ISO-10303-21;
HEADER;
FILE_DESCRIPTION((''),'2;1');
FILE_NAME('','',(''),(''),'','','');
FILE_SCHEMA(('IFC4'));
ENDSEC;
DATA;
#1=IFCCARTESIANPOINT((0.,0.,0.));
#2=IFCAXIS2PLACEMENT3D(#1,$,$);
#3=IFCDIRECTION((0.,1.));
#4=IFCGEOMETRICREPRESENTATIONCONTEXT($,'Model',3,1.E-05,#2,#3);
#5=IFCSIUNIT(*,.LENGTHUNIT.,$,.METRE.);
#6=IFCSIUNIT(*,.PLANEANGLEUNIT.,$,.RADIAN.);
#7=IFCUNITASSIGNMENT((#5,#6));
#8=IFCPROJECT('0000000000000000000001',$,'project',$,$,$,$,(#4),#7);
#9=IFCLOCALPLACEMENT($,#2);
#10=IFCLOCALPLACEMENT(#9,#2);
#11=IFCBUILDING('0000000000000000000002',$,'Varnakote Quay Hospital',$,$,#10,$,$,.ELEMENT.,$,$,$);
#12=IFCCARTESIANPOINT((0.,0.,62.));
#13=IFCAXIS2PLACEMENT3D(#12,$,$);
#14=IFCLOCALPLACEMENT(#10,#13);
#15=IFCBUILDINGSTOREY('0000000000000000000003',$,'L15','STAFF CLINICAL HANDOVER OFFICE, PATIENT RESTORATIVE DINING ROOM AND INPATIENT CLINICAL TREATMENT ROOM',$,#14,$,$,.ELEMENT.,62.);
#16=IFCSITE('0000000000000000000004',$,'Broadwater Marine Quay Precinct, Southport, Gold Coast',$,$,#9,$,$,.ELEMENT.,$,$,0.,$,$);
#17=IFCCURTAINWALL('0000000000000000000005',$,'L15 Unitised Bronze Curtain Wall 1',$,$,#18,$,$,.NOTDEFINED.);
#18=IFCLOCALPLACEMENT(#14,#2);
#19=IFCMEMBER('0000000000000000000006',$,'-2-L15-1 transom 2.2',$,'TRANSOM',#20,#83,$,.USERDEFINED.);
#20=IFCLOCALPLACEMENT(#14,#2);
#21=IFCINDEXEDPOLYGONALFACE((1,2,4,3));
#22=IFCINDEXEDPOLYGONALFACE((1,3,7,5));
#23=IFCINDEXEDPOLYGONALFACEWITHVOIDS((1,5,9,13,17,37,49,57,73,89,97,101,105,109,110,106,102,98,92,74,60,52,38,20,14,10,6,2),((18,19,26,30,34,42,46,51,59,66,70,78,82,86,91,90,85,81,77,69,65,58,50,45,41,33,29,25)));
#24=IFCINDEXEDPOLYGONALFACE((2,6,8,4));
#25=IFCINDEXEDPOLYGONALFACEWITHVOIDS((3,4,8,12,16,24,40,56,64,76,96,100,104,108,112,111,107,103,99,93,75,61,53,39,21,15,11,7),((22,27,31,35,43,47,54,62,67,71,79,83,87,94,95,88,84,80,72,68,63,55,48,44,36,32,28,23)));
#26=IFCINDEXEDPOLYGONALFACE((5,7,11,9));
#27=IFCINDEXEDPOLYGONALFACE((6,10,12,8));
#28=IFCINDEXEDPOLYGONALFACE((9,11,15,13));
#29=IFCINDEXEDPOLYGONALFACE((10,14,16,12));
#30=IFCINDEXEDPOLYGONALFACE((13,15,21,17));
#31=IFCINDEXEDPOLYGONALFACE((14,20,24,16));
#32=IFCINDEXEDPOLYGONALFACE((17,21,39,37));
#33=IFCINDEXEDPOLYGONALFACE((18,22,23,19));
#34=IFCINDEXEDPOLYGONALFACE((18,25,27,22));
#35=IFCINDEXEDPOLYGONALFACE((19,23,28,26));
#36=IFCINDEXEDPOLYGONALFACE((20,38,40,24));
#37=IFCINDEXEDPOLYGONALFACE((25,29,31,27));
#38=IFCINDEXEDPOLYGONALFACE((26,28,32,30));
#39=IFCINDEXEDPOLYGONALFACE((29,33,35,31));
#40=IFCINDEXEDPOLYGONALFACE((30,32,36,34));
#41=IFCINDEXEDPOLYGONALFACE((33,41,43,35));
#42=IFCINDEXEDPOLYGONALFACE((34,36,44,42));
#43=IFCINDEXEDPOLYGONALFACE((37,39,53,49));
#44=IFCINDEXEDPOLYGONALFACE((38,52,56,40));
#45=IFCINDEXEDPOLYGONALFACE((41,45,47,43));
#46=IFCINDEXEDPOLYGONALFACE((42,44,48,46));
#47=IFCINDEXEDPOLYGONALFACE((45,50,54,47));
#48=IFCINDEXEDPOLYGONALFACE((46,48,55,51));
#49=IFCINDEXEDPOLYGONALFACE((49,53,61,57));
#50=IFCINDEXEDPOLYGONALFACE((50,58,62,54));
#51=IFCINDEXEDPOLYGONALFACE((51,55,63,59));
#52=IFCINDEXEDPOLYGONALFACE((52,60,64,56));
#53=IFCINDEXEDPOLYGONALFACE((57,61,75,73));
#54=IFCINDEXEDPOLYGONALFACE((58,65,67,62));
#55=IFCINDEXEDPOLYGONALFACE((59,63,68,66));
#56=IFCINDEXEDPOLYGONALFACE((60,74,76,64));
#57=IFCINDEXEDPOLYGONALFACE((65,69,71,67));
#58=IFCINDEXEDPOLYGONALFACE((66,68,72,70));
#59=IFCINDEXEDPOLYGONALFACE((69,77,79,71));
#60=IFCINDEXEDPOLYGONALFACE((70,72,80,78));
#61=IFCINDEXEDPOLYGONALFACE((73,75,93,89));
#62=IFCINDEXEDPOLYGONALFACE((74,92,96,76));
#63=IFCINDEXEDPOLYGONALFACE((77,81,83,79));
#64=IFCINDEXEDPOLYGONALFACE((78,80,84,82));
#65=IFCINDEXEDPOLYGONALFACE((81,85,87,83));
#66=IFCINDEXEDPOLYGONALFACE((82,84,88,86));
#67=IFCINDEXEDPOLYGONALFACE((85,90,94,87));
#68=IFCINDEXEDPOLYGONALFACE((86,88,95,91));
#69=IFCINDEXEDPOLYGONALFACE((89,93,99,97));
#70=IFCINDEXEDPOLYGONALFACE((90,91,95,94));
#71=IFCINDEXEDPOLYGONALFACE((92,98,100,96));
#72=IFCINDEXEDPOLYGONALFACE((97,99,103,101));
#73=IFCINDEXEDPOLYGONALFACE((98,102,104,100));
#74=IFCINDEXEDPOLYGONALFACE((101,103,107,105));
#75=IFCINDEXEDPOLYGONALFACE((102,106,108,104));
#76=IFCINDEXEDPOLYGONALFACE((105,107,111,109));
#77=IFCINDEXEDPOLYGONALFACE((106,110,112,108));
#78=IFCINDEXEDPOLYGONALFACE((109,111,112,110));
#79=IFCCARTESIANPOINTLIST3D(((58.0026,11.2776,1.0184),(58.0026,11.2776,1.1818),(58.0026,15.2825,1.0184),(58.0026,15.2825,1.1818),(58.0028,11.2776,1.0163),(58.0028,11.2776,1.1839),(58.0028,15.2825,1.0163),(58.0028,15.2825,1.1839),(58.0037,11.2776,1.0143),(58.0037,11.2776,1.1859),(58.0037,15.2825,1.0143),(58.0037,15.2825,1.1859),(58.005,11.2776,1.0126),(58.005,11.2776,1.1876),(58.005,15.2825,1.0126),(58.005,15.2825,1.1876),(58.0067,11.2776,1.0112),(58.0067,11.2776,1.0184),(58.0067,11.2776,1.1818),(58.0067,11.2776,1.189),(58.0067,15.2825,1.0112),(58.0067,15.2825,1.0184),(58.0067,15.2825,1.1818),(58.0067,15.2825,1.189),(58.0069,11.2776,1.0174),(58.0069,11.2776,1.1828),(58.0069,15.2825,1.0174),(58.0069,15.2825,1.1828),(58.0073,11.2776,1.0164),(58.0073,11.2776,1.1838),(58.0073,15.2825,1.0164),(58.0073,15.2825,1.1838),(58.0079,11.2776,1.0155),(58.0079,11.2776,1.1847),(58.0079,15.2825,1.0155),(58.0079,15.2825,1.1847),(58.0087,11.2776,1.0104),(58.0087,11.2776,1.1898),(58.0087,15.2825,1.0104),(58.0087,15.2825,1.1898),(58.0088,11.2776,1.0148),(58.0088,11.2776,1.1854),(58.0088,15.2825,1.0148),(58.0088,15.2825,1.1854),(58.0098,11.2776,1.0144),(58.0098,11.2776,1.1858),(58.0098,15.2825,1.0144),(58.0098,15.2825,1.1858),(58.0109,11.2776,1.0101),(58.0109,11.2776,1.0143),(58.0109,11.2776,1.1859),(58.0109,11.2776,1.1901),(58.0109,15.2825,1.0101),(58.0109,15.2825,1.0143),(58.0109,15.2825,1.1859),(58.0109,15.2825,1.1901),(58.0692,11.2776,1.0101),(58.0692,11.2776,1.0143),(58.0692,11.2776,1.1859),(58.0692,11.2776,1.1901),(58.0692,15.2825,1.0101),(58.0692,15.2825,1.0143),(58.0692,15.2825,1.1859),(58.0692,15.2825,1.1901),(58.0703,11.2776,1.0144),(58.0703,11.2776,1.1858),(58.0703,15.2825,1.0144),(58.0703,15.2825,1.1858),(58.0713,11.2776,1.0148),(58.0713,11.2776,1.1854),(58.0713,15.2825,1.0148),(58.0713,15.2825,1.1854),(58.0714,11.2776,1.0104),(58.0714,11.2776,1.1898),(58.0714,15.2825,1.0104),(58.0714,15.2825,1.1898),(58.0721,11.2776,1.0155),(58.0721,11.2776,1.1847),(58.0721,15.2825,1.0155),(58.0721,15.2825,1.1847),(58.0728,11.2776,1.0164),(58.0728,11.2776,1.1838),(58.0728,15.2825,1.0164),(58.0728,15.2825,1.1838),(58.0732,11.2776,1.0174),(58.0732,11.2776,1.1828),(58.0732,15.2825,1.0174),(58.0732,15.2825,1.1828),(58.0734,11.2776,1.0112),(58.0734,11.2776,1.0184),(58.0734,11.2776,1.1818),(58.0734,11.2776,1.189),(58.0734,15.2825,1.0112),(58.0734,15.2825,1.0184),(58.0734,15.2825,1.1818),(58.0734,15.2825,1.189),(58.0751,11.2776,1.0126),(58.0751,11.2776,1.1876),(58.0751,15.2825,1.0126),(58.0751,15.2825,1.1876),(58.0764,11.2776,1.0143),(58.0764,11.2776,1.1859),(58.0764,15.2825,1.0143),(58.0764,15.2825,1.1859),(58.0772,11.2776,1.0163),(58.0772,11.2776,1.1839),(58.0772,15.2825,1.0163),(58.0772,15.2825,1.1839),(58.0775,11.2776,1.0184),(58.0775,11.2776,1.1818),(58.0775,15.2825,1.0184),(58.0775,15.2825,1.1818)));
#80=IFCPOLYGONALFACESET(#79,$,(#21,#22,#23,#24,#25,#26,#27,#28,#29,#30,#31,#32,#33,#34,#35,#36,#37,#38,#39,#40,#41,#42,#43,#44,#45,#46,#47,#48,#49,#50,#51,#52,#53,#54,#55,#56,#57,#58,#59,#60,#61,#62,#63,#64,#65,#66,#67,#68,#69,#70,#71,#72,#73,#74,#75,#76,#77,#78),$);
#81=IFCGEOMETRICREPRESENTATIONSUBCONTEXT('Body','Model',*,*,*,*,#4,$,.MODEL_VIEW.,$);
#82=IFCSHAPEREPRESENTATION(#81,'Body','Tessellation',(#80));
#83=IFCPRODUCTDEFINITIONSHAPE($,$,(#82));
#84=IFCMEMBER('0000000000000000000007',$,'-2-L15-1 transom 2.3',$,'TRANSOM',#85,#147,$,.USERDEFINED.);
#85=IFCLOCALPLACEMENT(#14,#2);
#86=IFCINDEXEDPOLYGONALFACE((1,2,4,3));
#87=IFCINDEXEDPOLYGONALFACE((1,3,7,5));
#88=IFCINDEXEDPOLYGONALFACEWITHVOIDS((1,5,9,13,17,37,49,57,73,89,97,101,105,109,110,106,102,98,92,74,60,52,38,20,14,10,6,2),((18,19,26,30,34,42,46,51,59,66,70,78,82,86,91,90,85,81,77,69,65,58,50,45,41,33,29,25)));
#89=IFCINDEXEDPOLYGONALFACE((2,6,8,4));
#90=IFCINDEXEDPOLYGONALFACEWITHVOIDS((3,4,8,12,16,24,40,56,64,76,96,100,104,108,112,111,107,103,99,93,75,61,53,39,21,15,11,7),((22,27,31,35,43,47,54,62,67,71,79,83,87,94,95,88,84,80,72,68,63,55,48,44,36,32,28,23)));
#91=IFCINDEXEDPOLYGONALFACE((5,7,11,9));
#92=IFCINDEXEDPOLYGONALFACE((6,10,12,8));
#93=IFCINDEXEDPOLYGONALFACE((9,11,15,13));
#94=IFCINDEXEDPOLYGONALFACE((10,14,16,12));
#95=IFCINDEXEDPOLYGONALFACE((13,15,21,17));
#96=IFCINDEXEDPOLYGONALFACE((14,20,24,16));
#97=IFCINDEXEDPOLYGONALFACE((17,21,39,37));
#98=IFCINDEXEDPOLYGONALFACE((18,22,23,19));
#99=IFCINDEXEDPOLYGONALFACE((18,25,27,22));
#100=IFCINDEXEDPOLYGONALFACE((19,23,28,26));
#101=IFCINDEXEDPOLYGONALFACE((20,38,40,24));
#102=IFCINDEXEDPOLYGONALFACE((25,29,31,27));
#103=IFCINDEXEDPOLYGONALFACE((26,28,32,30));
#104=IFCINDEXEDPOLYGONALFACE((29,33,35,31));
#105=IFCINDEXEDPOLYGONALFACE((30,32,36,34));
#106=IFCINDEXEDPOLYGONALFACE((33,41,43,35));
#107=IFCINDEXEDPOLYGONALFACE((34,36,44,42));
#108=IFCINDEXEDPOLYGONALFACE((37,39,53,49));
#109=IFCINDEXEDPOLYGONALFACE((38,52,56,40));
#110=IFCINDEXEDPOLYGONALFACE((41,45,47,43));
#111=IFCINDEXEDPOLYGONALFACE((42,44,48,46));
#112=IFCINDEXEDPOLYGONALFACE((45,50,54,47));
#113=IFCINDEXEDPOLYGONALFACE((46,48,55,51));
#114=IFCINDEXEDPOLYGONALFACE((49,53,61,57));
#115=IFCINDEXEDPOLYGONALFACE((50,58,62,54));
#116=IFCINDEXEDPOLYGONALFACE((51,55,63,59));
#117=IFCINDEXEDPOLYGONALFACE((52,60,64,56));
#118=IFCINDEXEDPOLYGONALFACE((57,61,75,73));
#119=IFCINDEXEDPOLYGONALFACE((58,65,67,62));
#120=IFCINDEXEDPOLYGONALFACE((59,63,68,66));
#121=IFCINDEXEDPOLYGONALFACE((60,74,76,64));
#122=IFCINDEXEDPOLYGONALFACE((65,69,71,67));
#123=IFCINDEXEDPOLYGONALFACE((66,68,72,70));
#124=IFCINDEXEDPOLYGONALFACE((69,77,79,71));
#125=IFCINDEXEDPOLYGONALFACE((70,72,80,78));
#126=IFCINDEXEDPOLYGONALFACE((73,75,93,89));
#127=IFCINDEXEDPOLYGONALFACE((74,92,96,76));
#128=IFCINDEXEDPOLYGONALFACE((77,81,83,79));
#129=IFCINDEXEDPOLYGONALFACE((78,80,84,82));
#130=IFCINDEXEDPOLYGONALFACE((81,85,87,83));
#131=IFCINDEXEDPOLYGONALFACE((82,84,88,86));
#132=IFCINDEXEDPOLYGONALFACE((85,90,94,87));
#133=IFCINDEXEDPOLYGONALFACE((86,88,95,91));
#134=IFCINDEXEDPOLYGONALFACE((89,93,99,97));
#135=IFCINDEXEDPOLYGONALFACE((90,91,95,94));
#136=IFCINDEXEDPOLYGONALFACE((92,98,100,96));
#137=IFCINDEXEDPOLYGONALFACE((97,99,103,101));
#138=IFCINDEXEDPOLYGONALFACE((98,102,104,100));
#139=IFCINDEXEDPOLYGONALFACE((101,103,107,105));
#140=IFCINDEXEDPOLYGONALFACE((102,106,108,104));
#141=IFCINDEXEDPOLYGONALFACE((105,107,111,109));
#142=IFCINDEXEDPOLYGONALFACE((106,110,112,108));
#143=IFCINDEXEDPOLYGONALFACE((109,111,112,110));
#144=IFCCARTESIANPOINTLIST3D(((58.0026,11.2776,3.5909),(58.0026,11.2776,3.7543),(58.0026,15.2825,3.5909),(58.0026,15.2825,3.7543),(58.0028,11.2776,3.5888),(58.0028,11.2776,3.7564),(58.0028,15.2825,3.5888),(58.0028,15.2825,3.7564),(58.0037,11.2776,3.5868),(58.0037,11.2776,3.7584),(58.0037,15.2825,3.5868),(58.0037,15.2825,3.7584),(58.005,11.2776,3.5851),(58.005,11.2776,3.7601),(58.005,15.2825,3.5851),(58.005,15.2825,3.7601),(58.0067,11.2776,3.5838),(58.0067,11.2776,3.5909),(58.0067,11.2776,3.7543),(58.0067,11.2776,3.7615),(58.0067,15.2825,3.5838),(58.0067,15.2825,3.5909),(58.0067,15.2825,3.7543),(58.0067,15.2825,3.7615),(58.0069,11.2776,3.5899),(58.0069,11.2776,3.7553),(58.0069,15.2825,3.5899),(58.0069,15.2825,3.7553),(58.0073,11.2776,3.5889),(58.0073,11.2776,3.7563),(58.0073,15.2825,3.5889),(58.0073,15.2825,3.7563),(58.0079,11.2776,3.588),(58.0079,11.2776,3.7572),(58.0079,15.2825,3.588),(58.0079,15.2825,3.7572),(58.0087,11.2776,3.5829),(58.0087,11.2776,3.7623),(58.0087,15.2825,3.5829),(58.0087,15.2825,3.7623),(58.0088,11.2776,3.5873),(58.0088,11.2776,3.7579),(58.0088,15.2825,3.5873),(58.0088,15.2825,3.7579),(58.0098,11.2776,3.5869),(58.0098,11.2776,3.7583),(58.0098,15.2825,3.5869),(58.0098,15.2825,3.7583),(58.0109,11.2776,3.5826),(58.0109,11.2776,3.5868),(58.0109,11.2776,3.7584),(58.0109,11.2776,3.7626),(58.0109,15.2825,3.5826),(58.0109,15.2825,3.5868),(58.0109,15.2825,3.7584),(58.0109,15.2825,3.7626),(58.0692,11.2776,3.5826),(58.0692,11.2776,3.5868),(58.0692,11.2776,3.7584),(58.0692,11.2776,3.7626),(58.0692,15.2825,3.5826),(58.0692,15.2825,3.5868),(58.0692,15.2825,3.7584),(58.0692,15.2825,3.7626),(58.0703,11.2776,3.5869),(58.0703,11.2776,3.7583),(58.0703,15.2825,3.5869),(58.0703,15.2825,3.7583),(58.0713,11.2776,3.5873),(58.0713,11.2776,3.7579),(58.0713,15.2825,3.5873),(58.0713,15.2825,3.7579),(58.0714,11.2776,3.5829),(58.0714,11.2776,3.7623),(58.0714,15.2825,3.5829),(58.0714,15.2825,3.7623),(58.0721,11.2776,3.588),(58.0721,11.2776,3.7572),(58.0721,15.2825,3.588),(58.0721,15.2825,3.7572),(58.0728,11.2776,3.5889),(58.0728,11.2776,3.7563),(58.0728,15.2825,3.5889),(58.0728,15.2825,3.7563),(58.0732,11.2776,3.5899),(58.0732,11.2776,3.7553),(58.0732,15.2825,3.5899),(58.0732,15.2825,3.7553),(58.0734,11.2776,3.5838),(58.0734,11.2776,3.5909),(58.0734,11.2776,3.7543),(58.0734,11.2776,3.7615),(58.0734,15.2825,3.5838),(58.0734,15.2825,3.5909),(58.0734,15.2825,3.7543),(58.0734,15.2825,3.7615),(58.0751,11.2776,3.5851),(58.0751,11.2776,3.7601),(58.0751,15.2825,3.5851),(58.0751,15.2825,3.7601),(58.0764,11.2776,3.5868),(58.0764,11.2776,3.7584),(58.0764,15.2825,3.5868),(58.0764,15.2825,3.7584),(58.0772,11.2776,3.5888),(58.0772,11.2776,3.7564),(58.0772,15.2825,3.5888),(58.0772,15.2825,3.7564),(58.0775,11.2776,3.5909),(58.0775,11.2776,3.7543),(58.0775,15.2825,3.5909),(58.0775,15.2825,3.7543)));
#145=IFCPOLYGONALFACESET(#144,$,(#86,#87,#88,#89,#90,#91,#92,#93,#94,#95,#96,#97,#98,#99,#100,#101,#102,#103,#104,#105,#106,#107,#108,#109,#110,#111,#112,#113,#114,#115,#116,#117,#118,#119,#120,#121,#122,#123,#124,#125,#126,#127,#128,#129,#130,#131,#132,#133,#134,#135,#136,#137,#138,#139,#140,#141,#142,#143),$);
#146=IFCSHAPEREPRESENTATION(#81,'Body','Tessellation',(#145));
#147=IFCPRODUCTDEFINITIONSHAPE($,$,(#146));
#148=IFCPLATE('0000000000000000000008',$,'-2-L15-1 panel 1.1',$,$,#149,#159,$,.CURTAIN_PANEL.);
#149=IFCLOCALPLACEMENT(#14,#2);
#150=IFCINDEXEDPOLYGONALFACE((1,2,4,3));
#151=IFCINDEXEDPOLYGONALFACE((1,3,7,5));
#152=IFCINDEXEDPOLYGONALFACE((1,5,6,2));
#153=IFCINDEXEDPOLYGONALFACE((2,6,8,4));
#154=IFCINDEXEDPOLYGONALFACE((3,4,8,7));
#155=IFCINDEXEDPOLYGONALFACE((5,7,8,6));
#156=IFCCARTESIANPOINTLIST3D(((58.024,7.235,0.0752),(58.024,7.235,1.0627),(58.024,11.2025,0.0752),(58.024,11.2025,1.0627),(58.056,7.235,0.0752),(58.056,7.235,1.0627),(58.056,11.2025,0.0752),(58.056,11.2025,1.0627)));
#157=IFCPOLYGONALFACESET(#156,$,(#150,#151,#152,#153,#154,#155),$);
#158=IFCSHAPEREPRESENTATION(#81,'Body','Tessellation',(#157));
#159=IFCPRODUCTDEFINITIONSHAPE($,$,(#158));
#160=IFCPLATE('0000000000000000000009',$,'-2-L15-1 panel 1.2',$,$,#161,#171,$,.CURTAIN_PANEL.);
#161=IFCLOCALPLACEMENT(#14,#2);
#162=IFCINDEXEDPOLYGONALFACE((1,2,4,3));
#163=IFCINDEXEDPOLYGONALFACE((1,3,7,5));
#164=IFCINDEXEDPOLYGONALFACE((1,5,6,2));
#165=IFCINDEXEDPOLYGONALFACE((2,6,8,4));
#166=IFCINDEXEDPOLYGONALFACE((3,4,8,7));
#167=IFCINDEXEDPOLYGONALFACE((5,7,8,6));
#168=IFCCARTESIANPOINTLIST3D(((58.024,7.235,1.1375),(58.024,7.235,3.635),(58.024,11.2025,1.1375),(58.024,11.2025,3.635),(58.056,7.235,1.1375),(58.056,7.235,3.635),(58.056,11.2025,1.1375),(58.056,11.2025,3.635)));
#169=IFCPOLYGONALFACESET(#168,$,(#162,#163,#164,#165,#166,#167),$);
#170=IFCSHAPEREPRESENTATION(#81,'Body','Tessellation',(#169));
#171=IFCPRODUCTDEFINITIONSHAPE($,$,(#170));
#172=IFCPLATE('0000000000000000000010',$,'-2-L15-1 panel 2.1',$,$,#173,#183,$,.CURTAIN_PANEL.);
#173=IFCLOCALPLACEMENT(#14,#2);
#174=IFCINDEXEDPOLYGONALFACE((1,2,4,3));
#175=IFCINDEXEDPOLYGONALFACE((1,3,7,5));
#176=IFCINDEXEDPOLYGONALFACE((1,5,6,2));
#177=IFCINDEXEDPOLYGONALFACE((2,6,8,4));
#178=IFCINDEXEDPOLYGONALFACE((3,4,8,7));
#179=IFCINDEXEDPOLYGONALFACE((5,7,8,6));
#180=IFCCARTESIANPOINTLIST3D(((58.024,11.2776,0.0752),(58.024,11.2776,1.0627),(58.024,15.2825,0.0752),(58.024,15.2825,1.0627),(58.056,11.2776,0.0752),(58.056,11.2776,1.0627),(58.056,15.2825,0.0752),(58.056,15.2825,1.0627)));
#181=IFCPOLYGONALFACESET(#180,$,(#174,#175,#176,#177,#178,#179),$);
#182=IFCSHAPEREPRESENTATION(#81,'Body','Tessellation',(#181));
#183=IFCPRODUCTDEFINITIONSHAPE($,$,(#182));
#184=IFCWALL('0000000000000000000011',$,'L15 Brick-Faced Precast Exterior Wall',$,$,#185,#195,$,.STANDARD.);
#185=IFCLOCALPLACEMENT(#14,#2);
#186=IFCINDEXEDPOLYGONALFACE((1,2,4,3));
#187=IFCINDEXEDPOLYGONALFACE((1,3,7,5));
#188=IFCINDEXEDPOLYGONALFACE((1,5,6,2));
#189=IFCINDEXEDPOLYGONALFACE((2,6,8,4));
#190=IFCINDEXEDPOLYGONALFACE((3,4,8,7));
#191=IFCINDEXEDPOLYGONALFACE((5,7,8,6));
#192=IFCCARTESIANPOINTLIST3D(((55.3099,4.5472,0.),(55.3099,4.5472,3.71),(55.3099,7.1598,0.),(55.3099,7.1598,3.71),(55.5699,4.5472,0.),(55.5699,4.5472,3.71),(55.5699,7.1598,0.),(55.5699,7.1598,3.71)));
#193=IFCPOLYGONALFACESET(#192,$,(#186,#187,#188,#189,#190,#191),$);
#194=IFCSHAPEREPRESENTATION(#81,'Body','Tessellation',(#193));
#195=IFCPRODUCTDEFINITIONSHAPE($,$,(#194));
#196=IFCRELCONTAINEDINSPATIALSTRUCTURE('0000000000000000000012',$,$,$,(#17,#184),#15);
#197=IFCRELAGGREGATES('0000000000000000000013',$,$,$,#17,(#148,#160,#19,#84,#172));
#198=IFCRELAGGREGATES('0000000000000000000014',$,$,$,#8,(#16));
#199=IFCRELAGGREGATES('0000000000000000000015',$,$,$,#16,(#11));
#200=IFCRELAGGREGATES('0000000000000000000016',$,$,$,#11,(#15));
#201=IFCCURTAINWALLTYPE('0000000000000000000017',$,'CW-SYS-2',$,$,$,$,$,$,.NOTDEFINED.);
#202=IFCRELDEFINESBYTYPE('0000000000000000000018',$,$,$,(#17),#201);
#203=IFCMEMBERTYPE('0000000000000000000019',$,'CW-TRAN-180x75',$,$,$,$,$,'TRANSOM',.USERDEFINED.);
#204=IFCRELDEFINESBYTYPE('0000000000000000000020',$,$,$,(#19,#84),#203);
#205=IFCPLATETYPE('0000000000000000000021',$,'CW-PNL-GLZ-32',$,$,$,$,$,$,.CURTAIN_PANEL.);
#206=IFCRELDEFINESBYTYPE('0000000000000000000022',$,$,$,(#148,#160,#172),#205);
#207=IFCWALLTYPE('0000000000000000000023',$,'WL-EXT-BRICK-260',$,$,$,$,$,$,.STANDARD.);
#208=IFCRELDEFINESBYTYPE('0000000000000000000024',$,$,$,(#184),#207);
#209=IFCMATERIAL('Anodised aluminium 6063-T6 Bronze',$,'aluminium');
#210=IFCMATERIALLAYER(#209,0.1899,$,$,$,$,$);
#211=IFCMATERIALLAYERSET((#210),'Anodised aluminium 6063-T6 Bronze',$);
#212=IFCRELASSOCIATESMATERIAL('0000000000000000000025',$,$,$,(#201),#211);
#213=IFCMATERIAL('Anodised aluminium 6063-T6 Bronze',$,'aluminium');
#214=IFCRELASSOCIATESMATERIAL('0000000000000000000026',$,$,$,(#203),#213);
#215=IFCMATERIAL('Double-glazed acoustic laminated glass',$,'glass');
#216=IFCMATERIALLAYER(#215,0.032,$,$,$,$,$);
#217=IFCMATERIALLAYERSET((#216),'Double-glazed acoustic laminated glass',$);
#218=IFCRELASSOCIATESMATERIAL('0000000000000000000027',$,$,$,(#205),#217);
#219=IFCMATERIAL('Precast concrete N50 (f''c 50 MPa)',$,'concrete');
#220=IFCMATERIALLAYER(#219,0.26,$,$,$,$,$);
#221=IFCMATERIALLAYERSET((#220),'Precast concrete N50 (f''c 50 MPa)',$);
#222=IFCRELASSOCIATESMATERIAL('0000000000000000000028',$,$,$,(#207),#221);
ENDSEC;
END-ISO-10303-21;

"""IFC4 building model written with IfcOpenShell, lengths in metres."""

from ifc_helpers import new_model, si_unit, direction, frame, frame_2d, origin, origin_2d, place, context, subcontext, project, spatial, rectangle, hollow_rectangle, extrude, material, layer, layer_set, material_profile, profile_set, type_object, element, aggregate, save


model = new_model("IFC4")

# Units and contexts
model_context = context("Model", 3, precision=1e-05, world=origin(), true_north=direction((0.0, 1.0)))
body_context = subcontext(model_context, "Body", "Model", "MODEL_VIEW")
ifc_project = project(units=[si_unit("LENGTHUNIT", "METRE"), si_unit("PLANEANGLEUNIT", "RADIAN")], contexts=[model_context])

# Site, building, storey
site_placement = place(None, origin())
site = spatial("IfcSite", under=ifc_project, at=site_placement, Name="Broadwater Marine Quay Precinct, Southport, Gold Coast", CompositionType="ELEMENT", RefElevation=0.0)
building_placement = place(site_placement, origin())
building = spatial("IfcBuilding", under=site, at=building_placement, Name="Varnakote Quay Hospital", CompositionType="ELEMENT")
storey_placement = place(building_placement, frame((0.0, 0.0, 62.0)))
storey = spatial("IfcBuildingStorey", under=building, at=storey_placement, Name="L15", Description="STAFF CLINICAL HANDOVER OFFICE, PATIENT RESTORATIVE DINING ROOM AND INPATIENT CLINICAL TREATMENT ROOM", CompositionType="ELEMENT", Elevation=62.0)

# Curtain wall, members, plates
ifc_material_1 = material(Name="Anodised aluminium 6063-T6 Bronze", Category="aluminium")
ifc_layer_1 = layer(ifc_material_1, 0.1899)
ifc_layer_set_1 = layer_set([ifc_layer_1], Name="Anodised aluminium 6063-T6 Bronze")
curtain_wall_type = type_object("IfcCurtainWallType", Name="CW-SYS-2", PredefinedType="NOTDEFINED", material=ifc_layer_set_1)
curtain_wall_placement = place(storey_placement, origin())
curtain_wall = element("IfcCurtainWall", 1, at=curtain_wall_placement, inside=storey, type_object=curtain_wall_type, Name="L15 Unitised Bronze Curtain Wall 1", PredefinedType="NOTDEFINED")
ifc_material_2 = material(Name="Anodised aluminium 6063-T6 Bronze", Category="aluminium")
ifc_material_profile_1 = material_profile(ifc_material_2, hollow_rectangle(XDim=0.075, YDim=0.1799, WallThickness=0.0042, InnerFilletRadius=0.0042, OuterFilletRadius=0.0083, at=origin_2d()), Name="CW-TRAN-180x75")
ifc_profile_set_1 = profile_set([ifc_material_profile_1], Name="Anodised aluminium 6063-T6 Bronze")
member_type_1 = type_object("IfcMemberType", Name="CW-TRAN-180x75", ElementType="TRANSOM", PredefinedType="USERDEFINED", material=ifc_profile_set_1)
member_1_placement = place(storey_placement, frame((58.04, 11.2776, 1.1001), z_axis=(0.0, 1.0, 0.0), x_axis=(-1.0, 0.0, 0.0)))
member_1 = element("IfcMember", 2, at=member_1_placement, type_object=member_type_1, Name="-2-L15-1 transom 2.2", ObjectType="TRANSOM", PredefinedType="USERDEFINED", context=body_context, shape_type="SweptSolid", body=[
    extrude(hollow_rectangle(XDim=0.075, YDim=0.1799, WallThickness=0.0042, InnerFilletRadius=0.0042, OuterFilletRadius=0.0083, at=origin_2d()), origin(), (0.0, 0.0, 1.0), 4.0049),
])
member_2_placement = place(storey_placement, frame((58.04, 11.2776, 3.6726), z_axis=(0.0, 1.0, 0.0), x_axis=(-1.0, 0.0, 0.0)))
member_2 = element("IfcMember", 3, at=member_2_placement, type_object=member_type_1, Name="-2-L15-1 transom 2.3", ObjectType="TRANSOM", PredefinedType="USERDEFINED", context=body_context, shape_type="SweptSolid", body=[
    extrude(hollow_rectangle(XDim=0.075, YDim=0.1799, WallThickness=0.0042, InnerFilletRadius=0.0042, OuterFilletRadius=0.0083, at=origin_2d()), origin(), (0.0, 0.0, 1.0), 4.0049),
])
ifc_material_3 = material(Name="Double-glazed acoustic laminated glass", Category="glass")
ifc_layer_2 = layer(ifc_material_3, 0.032)
ifc_layer_set_2 = layer_set([ifc_layer_2], Name="Double-glazed acoustic laminated glass")
plate_type = type_object("IfcPlateType", Name="CW-PNL-GLZ-32", PredefinedType="CURTAIN_PANEL", material=ifc_layer_set_2)
plate_1_placement = place(storey_placement, frame((58.04, 9.2188, 0.0752), z_axis=(0.0, 0.0, 1.0), x_axis=(0.0, 1.0, 0.0)))
plate_1 = element("IfcPlate", 4, at=plate_1_placement, type_object=plate_type, Name="-2-L15-1 panel 1.1", PredefinedType="CURTAIN_PANEL", context=body_context, shape_type="SweptSolid", body=[
    extrude(rectangle(XDim=3.9675, YDim=0.032, at=origin_2d()), origin(), (0.0, 0.0, 1.0), 0.9875),
])
plate_2_placement = place(storey_placement, frame((58.04, 9.2188, 1.1375), z_axis=(0.0, 0.0, 1.0), x_axis=(0.0, 1.0, 0.0)))
plate_2 = element("IfcPlate", 5, at=plate_2_placement, type_object=plate_type, Name="-2-L15-1 panel 1.2", PredefinedType="CURTAIN_PANEL", context=body_context, shape_type="SweptSolid", body=[
    extrude(rectangle(XDim=3.9675, YDim=0.032, at=origin_2d()), origin(), (0.0, 0.0, 1.0), 2.4976),
])
plate_3_placement = place(storey_placement, frame((58.04, 13.28, 0.0752), z_axis=(0.0, 0.0, 1.0), x_axis=(0.0, 1.0, 0.0)))
plate_3 = element("IfcPlate", 6, at=plate_3_placement, type_object=plate_type, Name="-2-L15-1 panel 2.1", PredefinedType="CURTAIN_PANEL", context=body_context, shape_type="SweptSolid", body=[
    extrude(rectangle(XDim=4.0049, YDim=0.032, at=origin_2d()), origin(), (0.0, 0.0, 1.0), 0.9875),
])
aggregate(curtain_wall, [plate_1, plate_2, member_1, member_2, plate_3])

# Wall
ifc_material_4 = material(Name="Precast concrete N50 (f'c 50 MPa)", Category="concrete")
ifc_layer_3 = layer(ifc_material_4, 0.26)
ifc_layer_set_3 = layer_set([ifc_layer_3], Name="Precast concrete N50 (f'c 50 MPa)")
wall_type_1 = type_object("IfcWallType", Name="WL-EXT-BRICK-260", PredefinedType="STANDARD", material=ifc_layer_set_3)
wall_1_placement = place(storey_placement, frame((55.4399, 4.5474, 0.0), z_axis=(0.0, 0.0, 1.0), x_axis=(0.0, 1.0, 0.0)))
element("IfcWall", 7, at=wall_1_placement, inside=storey, type_object=wall_type_1, Name="L15 Brick-Faced Precast Exterior Wall", PredefinedType="STANDARD", context=body_context, shape_type="SweptSolid", body=[
    extrude(rectangle(XDim=2.6125, YDim=0.26, at=frame_2d((1.3062, 0.0))), origin(), (0.0, 0.0, 1.0), 3.71),
])

save(model, "model.ifc")
